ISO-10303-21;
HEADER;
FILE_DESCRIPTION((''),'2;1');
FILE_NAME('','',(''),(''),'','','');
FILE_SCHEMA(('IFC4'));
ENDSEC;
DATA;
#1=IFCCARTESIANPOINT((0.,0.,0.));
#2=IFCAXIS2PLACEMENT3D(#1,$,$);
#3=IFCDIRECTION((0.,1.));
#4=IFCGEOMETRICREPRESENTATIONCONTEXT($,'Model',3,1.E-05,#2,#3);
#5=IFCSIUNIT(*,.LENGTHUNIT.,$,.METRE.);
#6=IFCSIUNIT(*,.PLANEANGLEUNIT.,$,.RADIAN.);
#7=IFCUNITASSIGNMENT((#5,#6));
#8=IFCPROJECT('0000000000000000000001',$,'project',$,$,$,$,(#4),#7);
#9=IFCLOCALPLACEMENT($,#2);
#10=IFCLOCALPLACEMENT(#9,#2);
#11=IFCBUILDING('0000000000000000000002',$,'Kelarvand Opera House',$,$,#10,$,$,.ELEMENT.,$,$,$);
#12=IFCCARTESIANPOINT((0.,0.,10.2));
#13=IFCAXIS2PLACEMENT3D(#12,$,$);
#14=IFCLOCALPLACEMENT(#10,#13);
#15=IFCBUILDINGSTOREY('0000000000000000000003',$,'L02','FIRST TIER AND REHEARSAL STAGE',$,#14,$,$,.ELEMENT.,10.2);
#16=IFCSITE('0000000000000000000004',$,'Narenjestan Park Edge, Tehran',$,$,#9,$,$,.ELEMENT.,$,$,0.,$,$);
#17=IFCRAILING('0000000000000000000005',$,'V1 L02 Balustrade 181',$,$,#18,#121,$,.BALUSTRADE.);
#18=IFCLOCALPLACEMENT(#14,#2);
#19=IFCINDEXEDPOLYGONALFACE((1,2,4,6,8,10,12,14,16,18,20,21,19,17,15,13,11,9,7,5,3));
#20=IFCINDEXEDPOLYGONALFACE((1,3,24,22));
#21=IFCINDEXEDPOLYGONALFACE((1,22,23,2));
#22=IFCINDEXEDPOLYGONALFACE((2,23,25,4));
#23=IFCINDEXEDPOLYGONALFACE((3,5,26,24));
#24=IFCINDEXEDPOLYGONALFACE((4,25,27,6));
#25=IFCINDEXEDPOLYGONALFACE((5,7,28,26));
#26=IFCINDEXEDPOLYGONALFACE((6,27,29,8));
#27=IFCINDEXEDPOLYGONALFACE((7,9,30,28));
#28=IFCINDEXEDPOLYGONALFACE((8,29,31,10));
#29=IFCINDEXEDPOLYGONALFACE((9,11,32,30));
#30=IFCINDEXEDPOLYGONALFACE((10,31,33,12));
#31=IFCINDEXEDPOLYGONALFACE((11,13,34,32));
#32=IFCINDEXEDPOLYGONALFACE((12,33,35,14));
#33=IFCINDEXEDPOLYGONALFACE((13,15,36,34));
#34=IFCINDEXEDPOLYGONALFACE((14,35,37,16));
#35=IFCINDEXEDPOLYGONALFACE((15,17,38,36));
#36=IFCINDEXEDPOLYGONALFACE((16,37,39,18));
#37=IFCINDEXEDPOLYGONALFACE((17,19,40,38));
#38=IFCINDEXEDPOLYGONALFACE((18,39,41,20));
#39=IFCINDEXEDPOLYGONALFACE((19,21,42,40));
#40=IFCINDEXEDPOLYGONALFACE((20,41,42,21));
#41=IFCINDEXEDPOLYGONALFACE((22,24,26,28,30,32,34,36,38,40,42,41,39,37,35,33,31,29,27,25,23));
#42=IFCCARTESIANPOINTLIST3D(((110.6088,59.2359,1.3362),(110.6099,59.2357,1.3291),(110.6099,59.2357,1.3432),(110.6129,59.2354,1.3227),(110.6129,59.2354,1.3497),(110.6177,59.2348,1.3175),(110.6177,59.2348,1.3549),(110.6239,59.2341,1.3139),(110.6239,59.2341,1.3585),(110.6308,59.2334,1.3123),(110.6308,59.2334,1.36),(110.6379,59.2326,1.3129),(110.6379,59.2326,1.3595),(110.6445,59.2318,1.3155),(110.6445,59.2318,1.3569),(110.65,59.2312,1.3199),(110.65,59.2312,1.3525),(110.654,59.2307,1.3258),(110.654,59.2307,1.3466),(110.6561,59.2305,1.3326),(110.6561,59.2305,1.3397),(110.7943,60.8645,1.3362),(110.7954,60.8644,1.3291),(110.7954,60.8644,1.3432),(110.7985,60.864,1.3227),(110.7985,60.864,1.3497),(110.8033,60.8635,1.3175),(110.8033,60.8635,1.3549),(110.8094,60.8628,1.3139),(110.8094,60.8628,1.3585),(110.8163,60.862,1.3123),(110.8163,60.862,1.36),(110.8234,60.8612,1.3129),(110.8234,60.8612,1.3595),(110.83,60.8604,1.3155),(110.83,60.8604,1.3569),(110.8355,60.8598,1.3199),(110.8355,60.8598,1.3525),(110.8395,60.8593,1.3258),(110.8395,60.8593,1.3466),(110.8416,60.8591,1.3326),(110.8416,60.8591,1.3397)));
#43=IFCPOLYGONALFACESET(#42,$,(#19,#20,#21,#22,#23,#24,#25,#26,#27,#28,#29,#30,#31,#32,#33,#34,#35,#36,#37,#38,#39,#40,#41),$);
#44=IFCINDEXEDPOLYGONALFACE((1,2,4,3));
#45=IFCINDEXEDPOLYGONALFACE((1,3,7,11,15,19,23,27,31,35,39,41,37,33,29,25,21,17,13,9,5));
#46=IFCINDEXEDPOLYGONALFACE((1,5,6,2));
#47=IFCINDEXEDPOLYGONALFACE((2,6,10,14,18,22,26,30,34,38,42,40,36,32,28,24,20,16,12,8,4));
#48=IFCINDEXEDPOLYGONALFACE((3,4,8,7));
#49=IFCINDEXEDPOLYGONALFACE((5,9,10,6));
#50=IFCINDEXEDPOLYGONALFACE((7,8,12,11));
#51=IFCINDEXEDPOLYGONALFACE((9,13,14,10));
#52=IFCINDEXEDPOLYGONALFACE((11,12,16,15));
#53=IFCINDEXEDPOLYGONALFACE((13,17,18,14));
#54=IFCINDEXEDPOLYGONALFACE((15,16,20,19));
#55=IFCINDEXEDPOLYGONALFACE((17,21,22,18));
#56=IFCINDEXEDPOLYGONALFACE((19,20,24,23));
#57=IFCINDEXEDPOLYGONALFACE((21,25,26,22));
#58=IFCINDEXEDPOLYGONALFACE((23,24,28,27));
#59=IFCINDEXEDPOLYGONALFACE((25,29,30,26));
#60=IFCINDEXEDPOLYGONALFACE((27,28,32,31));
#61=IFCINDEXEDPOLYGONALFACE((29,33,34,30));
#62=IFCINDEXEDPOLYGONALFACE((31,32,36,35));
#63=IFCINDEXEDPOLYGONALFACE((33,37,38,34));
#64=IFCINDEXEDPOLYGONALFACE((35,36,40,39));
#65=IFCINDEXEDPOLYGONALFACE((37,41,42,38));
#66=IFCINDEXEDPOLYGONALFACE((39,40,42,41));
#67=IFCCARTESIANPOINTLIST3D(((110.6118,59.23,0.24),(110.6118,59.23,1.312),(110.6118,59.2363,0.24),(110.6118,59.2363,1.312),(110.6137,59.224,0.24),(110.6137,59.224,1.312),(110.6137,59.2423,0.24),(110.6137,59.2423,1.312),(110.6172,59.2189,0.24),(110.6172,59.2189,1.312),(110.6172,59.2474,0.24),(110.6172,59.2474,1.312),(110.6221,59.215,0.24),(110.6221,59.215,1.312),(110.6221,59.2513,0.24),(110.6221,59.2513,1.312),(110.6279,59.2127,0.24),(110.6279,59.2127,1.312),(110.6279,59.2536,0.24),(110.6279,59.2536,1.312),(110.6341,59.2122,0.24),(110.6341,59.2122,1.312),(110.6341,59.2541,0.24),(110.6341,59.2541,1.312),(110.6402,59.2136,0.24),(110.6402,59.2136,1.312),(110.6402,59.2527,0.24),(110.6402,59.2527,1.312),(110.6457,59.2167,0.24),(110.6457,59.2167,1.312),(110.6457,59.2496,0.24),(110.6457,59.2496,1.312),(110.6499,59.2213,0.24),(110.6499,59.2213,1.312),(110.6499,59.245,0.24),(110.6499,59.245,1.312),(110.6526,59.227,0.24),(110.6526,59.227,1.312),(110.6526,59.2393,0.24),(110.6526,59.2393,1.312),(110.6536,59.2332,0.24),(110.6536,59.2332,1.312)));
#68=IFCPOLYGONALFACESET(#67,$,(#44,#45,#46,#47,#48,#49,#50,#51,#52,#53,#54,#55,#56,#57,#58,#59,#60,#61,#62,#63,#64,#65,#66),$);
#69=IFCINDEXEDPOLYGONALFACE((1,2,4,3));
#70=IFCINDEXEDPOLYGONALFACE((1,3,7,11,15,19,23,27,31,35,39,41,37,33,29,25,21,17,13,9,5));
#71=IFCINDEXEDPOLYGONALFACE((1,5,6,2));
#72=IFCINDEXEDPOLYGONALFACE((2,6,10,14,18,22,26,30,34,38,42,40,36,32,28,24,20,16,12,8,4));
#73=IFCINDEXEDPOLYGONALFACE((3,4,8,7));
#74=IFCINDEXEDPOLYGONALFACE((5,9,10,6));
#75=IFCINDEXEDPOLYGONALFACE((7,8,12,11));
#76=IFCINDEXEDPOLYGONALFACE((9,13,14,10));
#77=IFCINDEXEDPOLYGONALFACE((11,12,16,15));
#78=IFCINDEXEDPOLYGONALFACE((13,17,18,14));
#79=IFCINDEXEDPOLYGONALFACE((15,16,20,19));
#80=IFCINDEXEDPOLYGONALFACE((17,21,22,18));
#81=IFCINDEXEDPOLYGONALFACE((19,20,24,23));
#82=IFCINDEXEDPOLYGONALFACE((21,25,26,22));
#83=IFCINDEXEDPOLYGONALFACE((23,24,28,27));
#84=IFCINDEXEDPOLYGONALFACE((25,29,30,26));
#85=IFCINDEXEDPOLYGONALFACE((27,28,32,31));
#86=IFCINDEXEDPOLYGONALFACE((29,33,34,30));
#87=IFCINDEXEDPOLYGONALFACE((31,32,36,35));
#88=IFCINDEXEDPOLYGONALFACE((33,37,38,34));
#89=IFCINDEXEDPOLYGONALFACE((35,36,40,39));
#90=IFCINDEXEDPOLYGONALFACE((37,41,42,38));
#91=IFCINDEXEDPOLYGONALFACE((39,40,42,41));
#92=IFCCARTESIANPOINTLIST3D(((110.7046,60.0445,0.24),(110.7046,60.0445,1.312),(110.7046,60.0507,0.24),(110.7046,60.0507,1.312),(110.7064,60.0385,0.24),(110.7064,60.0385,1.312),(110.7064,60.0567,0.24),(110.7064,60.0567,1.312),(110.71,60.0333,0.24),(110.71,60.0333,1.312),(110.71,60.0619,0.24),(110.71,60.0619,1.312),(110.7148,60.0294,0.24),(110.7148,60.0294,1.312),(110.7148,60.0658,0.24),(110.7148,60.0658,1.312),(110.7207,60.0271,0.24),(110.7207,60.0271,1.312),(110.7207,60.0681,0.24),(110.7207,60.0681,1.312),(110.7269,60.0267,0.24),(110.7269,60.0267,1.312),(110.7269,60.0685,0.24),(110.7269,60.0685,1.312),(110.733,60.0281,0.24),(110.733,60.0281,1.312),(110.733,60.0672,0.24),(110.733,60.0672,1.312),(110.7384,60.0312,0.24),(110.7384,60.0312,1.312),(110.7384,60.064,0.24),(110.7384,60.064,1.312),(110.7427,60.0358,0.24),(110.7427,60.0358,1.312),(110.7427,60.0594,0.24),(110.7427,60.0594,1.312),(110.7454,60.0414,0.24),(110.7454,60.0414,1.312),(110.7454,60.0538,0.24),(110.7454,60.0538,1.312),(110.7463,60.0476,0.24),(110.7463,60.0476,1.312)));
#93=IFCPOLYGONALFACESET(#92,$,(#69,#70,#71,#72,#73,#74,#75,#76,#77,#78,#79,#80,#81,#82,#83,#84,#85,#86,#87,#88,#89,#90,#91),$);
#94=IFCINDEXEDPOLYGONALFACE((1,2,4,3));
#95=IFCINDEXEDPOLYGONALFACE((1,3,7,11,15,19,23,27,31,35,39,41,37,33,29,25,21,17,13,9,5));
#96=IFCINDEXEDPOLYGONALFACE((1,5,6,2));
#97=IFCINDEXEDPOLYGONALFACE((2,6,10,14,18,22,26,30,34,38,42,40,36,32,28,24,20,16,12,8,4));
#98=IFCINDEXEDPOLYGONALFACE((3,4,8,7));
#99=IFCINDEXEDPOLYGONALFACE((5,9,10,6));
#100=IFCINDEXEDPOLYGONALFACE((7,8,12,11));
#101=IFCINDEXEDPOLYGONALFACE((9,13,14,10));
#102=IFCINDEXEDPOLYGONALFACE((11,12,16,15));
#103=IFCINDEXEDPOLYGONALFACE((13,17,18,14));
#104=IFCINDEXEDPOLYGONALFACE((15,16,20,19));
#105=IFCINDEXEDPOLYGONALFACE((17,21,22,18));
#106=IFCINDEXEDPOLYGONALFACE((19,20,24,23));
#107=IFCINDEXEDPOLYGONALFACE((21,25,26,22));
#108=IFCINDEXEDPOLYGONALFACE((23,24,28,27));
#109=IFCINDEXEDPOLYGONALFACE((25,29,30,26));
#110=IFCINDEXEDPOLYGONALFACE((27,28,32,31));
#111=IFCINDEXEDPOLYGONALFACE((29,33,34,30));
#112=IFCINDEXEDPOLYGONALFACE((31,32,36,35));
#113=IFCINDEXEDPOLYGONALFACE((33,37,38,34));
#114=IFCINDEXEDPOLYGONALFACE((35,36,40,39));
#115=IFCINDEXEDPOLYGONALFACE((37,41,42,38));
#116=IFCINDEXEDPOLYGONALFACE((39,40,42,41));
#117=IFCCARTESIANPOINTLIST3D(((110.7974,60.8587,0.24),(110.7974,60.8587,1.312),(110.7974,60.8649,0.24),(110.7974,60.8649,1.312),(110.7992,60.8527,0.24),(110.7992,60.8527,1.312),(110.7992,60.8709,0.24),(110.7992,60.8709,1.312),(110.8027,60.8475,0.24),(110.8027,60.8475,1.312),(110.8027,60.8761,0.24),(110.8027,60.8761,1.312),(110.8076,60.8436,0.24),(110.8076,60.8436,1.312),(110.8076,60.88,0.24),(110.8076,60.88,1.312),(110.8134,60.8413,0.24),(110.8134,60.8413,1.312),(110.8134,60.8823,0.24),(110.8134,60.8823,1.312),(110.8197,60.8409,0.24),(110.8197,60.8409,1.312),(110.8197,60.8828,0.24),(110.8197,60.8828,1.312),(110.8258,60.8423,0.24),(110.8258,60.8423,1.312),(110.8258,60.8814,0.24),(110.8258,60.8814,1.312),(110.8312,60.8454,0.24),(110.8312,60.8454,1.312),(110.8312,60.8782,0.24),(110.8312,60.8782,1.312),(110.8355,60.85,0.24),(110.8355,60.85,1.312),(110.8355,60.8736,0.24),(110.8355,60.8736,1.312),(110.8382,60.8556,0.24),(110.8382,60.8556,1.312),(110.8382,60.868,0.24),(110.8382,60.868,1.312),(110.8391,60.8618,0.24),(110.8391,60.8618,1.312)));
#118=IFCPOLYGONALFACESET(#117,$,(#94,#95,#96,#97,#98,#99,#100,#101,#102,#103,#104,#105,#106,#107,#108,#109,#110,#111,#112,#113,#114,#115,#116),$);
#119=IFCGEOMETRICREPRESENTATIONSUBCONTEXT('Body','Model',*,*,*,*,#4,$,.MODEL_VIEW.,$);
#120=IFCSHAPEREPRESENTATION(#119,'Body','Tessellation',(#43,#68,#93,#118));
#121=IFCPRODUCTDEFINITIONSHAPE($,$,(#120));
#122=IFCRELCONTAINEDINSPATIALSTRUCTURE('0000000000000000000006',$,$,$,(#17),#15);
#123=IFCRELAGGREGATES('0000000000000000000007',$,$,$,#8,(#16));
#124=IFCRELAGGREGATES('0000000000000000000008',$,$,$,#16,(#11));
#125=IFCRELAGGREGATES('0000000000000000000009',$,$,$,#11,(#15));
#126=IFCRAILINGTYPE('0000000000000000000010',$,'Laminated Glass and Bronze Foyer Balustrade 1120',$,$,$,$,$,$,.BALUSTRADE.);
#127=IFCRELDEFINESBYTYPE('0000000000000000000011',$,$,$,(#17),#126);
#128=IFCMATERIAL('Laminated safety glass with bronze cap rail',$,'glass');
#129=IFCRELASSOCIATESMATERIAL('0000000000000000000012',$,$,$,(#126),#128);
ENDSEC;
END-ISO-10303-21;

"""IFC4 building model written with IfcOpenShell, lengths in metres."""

from ifc_helpers import new_model, si_unit, direction, frame, origin, origin_2d, place, context, subcontext, project, spatial, circle, extrude, material, type_object, element, save


model = new_model("IFC4")

# Units and contexts
model_context = context("Model", 3, precision=1e-05, world=origin(), true_north=direction((0.0, 1.0)))
body_context = subcontext(model_context, "Body", "Model", "MODEL_VIEW")
ifc_project = project(units=[si_unit("LENGTHUNIT", "METRE"), si_unit("PLANEANGLEUNIT", "RADIAN")], contexts=[model_context])

# Site, building, storey
site_placement = place(None, origin())
site = spatial("IfcSite", under=ifc_project, at=site_placement, Name="Narenjestan Park Edge, Tehran", CompositionType="ELEMENT", RefElevation=0.0)
building_placement = place(site_placement, origin())
building = spatial("IfcBuilding", under=site, at=building_placement, Name="Kelarvand Opera House", CompositionType="ELEMENT")
storey_placement = place(building_placement, frame((0.0, 0.0, 10.2)))
storey = spatial("IfcBuildingStorey", under=building, at=storey_placement, Name="L02", Description="FIRST TIER AND REHEARSAL STAGE", CompositionType="ELEMENT", Elevation=10.2)

# Railing
ifc_material_1 = material(Name="Laminated safety glass with bronze cap rail", Category="glass")
railing_type = type_object("IfcRailingType", Name="Laminated Glass and Bronze Foyer Balustrade 1120", PredefinedType="BALUSTRADE", material=ifc_material_1)
railing_1_placement = place(storey_placement, frame((110.6326, 59.2332, 0.24)))
element("IfcRailing", 1, at=railing_1_placement, inside=storey, type_object=railing_type, Name="V1 L02 Balustrade 181", PredefinedType="BALUSTRADE", context=body_context, shape_type="SweptSolid", body=[
    extrude(circle(Radius=0.0239, at=origin_2d()), frame((0.0, 0.0, 1.0962), z_axis=(0.113194, 0.993573, 0.0), x_axis=(-0.993573, 0.113194, 0.0)), (0.0, 0.0, 1.0), 1.6392),
    extrude(circle(Radius=0.021, at=origin_2d()), origin(), (0.0, 0.0, 1.0), 1.072),
    extrude(circle(Radius=0.021, at=origin_2d()), frame((0.0928, 0.8145, 0.0)), (0.0, 0.0, 1.0), 1.072),
    extrude(circle(Radius=0.021, at=origin_2d()), frame((0.1855, 1.6287, 0.0)), (0.0, 0.0, 1.0), 1.072),
])

save(model, "model.ifc")
